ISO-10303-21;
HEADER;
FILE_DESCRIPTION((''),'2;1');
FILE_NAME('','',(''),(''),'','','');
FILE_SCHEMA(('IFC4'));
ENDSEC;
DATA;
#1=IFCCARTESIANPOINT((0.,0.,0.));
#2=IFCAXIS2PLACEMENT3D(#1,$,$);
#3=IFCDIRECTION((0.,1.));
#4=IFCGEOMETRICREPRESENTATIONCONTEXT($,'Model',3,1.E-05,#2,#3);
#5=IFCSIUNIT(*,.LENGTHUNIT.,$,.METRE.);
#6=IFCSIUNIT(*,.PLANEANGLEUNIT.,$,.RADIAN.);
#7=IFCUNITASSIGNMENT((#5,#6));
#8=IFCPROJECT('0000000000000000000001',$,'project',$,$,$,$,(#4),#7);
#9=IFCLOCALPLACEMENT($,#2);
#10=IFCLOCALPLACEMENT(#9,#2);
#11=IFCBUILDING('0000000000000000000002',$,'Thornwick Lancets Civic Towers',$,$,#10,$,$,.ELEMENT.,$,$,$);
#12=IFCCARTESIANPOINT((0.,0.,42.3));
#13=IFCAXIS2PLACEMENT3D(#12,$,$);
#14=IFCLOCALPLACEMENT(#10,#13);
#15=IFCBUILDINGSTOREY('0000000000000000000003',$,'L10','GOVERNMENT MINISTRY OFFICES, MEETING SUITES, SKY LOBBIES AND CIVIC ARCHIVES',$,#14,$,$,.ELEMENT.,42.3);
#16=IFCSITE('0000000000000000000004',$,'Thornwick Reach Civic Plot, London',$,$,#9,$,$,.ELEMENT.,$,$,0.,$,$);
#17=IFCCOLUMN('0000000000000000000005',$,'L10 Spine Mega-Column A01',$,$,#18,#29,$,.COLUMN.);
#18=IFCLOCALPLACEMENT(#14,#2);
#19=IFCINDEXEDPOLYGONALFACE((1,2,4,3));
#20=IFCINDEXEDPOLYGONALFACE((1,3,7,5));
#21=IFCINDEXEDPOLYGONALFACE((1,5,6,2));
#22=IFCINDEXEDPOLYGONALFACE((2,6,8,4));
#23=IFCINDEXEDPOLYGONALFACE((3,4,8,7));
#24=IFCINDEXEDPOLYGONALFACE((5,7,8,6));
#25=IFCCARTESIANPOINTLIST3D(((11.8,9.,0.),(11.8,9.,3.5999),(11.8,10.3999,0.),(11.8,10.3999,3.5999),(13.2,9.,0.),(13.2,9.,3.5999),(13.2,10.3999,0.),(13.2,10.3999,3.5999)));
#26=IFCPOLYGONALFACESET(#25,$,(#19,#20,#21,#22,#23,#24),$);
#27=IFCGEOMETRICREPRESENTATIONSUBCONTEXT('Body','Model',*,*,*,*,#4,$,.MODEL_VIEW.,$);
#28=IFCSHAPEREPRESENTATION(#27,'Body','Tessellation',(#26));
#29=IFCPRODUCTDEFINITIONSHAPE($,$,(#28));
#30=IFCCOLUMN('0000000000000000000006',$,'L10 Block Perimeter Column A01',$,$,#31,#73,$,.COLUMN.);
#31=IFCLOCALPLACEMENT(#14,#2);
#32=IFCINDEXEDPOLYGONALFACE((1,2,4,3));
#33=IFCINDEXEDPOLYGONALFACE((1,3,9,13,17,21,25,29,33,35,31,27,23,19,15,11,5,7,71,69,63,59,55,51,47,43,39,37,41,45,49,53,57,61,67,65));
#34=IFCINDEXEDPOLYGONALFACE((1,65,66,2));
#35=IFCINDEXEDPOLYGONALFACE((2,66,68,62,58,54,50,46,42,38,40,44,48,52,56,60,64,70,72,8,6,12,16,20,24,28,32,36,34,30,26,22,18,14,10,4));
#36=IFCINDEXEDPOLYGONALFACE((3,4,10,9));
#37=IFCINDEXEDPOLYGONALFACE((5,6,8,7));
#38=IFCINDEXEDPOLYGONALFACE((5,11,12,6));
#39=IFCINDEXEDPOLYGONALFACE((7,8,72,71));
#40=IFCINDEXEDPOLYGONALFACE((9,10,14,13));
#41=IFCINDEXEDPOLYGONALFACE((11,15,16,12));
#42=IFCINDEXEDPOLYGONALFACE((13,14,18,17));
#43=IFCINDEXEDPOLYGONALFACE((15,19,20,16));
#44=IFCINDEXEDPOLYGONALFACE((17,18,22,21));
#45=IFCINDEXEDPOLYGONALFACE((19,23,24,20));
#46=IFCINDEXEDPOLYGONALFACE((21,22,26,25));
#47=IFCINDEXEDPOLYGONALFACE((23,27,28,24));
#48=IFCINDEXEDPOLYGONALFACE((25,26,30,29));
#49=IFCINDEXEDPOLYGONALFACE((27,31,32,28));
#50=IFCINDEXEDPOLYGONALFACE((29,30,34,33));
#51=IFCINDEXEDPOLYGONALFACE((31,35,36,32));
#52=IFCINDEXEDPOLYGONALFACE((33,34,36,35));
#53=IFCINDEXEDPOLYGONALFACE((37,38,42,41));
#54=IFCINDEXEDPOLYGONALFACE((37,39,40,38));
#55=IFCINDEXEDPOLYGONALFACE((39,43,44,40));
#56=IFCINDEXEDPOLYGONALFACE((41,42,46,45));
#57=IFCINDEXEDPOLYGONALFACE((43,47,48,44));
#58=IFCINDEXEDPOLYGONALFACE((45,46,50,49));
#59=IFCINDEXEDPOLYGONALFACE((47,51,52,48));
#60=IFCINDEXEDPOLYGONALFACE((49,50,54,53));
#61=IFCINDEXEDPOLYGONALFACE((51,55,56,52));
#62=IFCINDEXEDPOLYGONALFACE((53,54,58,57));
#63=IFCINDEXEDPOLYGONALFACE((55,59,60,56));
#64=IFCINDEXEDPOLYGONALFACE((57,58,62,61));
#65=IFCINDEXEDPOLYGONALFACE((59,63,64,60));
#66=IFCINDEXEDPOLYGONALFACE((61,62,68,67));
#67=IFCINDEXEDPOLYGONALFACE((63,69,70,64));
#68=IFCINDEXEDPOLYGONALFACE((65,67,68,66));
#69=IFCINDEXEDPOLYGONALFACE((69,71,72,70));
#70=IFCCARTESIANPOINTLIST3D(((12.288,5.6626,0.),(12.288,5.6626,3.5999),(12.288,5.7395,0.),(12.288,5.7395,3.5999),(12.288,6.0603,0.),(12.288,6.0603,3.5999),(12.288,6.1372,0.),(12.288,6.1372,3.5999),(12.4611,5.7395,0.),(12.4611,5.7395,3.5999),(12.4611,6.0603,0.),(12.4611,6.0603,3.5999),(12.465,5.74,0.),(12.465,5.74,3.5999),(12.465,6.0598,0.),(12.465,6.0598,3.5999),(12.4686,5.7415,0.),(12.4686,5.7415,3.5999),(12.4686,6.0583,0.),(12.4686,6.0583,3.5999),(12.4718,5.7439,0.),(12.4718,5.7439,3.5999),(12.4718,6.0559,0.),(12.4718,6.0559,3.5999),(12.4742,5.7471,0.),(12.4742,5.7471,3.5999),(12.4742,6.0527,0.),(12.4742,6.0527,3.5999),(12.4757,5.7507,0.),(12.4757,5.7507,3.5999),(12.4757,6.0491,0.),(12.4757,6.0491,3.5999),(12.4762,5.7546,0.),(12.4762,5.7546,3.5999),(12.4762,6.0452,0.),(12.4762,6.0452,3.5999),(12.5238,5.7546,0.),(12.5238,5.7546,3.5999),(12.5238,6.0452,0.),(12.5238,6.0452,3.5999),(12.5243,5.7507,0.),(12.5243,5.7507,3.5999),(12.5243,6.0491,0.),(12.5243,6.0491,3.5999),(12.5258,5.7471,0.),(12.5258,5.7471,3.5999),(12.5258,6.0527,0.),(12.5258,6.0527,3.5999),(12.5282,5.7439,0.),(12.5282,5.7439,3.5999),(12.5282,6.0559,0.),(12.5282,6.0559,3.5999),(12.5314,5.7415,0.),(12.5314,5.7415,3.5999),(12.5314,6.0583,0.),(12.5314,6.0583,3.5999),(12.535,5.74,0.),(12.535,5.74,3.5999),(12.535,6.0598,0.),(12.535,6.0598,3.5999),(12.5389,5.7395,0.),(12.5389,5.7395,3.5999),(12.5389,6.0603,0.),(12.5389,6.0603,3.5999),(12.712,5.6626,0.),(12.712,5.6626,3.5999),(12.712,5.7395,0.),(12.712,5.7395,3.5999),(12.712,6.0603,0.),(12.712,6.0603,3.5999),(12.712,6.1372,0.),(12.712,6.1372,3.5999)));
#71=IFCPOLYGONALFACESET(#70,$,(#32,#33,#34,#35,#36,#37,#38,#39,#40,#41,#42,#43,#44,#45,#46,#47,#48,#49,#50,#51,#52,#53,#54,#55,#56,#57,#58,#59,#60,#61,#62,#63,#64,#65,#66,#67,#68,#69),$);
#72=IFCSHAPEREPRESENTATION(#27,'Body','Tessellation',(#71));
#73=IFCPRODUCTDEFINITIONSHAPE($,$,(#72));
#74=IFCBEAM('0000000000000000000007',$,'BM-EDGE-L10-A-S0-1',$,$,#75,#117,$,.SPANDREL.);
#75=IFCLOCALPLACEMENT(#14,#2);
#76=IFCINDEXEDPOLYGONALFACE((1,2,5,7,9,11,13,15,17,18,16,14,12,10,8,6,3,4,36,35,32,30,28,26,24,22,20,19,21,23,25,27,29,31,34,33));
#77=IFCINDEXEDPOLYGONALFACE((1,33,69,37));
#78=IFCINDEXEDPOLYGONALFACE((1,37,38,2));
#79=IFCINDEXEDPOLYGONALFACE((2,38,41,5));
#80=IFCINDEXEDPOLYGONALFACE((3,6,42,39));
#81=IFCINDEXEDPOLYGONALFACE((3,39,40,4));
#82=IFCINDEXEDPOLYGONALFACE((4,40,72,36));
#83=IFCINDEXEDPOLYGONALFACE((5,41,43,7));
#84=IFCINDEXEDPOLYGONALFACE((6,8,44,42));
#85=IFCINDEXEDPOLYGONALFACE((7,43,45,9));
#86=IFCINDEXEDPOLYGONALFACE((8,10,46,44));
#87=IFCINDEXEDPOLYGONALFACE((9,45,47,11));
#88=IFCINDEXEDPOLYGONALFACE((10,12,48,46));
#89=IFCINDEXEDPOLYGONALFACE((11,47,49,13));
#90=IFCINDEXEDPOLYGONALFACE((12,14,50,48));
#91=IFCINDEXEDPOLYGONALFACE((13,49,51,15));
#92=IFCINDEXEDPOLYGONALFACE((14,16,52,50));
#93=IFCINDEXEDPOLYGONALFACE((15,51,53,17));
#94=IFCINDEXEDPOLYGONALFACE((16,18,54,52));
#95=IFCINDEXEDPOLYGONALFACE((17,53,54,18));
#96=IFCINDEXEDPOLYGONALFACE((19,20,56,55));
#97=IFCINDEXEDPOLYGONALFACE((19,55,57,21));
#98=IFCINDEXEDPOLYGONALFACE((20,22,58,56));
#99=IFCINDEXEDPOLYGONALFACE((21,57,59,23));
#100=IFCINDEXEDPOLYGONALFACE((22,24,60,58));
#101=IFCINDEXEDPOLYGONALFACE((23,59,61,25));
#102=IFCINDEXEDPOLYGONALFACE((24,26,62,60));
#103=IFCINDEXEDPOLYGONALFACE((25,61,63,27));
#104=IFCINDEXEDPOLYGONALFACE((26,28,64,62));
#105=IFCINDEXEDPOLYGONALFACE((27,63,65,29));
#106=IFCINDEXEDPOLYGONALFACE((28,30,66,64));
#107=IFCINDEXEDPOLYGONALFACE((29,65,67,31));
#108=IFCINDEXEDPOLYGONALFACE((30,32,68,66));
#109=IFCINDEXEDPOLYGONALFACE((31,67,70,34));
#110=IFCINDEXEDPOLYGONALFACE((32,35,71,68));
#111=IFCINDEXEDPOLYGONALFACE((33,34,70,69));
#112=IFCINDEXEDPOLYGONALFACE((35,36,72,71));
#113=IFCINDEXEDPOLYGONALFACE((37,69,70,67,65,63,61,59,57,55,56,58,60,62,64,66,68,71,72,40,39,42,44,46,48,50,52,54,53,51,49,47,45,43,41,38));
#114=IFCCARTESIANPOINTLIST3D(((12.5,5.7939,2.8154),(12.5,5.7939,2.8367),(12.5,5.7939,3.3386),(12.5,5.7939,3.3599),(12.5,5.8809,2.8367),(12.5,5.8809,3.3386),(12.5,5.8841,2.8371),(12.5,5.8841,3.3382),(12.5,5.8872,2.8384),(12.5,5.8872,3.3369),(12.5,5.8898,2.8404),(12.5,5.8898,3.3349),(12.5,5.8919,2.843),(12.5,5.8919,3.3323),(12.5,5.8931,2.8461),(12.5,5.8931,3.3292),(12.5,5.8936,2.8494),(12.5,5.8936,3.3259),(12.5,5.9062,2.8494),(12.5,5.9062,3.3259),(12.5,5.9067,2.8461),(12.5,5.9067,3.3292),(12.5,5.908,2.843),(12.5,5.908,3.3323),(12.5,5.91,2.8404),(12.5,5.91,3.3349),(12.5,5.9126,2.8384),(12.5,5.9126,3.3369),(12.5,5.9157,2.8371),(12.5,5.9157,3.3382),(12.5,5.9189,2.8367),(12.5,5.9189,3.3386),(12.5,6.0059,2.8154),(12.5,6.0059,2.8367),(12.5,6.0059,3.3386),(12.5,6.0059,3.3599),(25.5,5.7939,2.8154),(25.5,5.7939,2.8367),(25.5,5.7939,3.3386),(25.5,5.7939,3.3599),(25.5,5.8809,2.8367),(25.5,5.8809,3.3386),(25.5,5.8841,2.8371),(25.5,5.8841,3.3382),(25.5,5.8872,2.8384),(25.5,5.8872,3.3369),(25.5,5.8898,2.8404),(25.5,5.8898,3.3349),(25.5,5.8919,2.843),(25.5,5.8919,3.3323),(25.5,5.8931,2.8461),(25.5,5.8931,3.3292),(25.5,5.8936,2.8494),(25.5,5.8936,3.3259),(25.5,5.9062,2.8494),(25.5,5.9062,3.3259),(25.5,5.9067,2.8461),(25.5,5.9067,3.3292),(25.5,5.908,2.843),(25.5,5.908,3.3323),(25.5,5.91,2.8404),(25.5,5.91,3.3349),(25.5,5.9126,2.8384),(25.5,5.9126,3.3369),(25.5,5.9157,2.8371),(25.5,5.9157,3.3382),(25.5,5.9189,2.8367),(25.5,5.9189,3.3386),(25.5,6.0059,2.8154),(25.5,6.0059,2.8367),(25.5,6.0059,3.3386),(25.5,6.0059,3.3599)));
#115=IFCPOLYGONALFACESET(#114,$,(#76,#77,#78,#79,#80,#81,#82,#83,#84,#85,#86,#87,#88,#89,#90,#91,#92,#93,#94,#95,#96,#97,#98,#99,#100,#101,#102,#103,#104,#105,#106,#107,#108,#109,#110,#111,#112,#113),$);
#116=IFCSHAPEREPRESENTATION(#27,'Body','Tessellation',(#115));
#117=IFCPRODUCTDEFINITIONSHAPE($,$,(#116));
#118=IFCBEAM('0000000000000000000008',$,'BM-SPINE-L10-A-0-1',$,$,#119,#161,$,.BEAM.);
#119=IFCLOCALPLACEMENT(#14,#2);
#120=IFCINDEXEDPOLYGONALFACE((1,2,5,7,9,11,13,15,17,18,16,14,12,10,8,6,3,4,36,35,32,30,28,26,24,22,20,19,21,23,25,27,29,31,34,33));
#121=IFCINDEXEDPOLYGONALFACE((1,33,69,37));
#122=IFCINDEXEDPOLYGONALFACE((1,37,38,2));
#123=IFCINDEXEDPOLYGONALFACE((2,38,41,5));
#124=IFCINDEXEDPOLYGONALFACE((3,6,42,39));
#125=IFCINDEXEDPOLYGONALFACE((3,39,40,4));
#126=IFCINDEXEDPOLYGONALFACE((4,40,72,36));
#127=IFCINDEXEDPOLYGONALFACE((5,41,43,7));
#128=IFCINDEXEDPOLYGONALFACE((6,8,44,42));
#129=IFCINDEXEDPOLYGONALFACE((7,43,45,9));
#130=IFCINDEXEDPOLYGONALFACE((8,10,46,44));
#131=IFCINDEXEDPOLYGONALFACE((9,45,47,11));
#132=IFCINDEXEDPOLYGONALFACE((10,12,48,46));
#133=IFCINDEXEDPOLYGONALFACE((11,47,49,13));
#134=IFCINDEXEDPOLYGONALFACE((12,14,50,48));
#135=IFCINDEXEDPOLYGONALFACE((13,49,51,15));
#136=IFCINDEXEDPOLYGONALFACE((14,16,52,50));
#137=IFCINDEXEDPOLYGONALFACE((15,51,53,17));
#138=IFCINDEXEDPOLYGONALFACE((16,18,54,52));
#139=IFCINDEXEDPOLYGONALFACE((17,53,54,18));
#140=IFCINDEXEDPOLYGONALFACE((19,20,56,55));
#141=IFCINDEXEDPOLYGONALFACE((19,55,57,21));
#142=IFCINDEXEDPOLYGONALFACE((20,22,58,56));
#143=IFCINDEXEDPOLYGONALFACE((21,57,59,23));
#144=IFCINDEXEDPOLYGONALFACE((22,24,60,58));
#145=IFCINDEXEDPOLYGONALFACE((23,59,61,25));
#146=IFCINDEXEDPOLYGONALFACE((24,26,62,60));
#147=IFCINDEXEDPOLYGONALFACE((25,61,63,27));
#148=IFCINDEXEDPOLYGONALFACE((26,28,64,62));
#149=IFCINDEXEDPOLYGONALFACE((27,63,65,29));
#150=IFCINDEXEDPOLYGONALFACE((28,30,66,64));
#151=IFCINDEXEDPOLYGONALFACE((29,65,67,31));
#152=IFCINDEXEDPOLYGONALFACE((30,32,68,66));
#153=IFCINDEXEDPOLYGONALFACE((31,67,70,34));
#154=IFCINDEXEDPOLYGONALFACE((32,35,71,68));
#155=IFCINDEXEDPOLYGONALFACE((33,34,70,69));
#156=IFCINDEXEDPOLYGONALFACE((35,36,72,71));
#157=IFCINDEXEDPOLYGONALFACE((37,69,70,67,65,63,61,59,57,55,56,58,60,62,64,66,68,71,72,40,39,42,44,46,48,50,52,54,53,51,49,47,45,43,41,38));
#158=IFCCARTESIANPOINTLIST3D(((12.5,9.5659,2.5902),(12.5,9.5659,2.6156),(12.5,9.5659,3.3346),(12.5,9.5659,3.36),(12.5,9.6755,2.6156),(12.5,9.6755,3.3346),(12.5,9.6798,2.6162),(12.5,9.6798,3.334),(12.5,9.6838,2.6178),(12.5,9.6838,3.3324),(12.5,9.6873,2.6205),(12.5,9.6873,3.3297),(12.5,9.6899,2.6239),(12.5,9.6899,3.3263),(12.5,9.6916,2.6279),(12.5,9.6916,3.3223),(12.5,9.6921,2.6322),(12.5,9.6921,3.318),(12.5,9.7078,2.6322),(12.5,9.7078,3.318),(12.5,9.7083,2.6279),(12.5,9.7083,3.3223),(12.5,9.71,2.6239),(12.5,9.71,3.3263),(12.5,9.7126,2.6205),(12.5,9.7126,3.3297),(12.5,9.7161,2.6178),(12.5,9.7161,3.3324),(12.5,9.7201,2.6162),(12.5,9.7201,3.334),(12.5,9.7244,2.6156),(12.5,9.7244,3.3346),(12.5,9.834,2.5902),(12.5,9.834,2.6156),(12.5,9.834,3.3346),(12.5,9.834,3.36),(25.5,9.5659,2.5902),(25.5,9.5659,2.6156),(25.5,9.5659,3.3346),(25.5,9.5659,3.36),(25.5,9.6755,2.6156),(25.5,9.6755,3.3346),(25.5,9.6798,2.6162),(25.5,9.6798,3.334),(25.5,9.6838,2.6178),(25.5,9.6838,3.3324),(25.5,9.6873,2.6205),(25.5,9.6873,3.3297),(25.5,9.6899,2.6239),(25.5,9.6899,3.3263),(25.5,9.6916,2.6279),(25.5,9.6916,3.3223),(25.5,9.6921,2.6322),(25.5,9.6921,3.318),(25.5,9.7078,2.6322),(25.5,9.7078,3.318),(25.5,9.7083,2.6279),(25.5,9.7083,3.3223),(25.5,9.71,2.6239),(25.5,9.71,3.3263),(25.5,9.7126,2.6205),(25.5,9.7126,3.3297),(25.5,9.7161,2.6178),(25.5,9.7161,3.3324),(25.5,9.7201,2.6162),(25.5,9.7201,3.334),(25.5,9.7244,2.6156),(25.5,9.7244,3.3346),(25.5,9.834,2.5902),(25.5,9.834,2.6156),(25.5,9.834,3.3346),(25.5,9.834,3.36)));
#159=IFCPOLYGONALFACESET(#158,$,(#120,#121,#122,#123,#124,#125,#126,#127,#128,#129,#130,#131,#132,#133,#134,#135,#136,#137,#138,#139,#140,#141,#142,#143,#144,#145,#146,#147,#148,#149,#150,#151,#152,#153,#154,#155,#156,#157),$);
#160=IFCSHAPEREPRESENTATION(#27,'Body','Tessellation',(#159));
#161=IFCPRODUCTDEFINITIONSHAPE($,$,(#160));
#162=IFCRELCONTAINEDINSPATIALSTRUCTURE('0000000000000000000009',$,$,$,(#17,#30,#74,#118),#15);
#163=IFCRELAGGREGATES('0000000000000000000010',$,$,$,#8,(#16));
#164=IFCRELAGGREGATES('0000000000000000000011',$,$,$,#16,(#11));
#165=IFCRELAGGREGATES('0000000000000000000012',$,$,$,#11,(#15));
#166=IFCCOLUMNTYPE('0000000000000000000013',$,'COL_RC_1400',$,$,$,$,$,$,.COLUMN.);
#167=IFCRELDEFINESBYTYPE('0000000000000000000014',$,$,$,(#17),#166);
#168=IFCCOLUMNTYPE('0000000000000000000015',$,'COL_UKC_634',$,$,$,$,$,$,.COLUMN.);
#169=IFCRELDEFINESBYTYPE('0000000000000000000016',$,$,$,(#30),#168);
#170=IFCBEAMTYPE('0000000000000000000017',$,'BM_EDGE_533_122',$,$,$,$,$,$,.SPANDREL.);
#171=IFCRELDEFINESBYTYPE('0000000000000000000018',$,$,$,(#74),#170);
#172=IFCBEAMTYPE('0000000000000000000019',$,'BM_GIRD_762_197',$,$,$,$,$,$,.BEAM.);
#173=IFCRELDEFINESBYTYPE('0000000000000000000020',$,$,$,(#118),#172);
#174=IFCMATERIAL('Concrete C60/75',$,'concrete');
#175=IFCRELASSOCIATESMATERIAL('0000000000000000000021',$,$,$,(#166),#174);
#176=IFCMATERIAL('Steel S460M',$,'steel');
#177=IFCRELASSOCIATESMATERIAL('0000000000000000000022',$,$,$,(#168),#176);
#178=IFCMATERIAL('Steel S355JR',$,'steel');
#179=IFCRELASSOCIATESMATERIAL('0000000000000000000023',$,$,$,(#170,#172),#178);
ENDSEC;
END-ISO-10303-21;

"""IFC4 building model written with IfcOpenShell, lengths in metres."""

from ifc_helpers import new_model, si_unit, direction, frame, origin, origin_2d, place, context, subcontext, project, spatial, rectangle, i_section, extrude, material, material_profile, profile_set, type_object, element, save


model = new_model("IFC4")

# Units and contexts
model_context = context("Model", 3, precision=1e-05, world=origin(), true_north=direction((0.0, 1.0)))
body_context = subcontext(model_context, "Body", "Model", "MODEL_VIEW")
ifc_project = project(units=[si_unit("LENGTHUNIT", "METRE"), si_unit("PLANEANGLEUNIT", "RADIAN")], contexts=[model_context])

# Site, building, storey
site_placement = place(None, origin())
site = spatial("IfcSite", under=ifc_project, at=site_placement, Name="Thornwick Reach Civic Plot, London", CompositionType="ELEMENT", RefElevation=0.0)
building_placement = place(site_placement, origin())
building = spatial("IfcBuilding", under=site, at=building_placement, Name="Thornwick Lancets Civic Towers", CompositionType="ELEMENT")
storey_placement = place(building_placement, frame((0.0, 0.0, 42.3)))
storey = spatial("IfcBuildingStorey", under=building, at=storey_placement, Name="L10", Description="GOVERNMENT MINISTRY OFFICES, MEETING SUITES, SKY LOBBIES AND CIVIC ARCHIVES", CompositionType="ELEMENT", Elevation=42.3)

# Columns
ifc_material_1 = material(Name="Concrete C60/75", Category="concrete")
ifc_material_profile_1 = material_profile(ifc_material_1, rectangle(XDim=1.3999, YDim=1.3999, at=origin_2d()), Name="RC 1400x1400")
ifc_profile_set_1 = profile_set([ifc_material_profile_1], Name="Concrete C60/75")
column_type_1 = type_object("IfcColumnType", Name="COL_RC_1400", PredefinedType="COLUMN", material=ifc_profile_set_1)
column_1_placement = place(storey_placement, frame((12.5, 9.7, 0.0), z_axis=(0.0, 0.0, 1.0), x_axis=(1.0, 0.0, 0.0)))
element("IfcColumn", 1, at=column_1_placement, inside=storey, type_object=column_type_1, Name="L10 Spine Mega-Column A01", PredefinedType="COLUMN", context=body_context, shape_type="SweptSolid", body=[
    extrude(rectangle(XDim=1.3999, YDim=1.3999, at=origin_2d()), origin(), (0.0, 0.0, 1.0), 3.5999),
])
ifc_material_2 = material(Name="Steel S460M", Category="steel")
ifc_material_profile_2 = material_profile(ifc_material_2, i_section(OverallWidth=0.4241, OverallDepth=0.4746, WebThickness=0.0476, FlangeThickness=0.0769, FilletRadius=0.0151, at=origin_2d()), Name="UKC 356x406x634")
ifc_profile_set_2 = profile_set([ifc_material_profile_2], Name="Steel S460M")
column_type_2 = type_object("IfcColumnType", Name="COL_UKC_634", PredefinedType="COLUMN", material=ifc_profile_set_2)
column_2_placement = place(storey_placement, frame((12.5, 5.8999, 0.0), z_axis=(0.0, 0.0, 1.0), x_axis=(1.0, 0.0, 0.0)))
element("IfcColumn", 2, at=column_2_placement, inside=storey, type_object=column_type_2, Name="L10 Block Perimeter Column A01", PredefinedType="COLUMN", context=body_context, shape_type="SweptSolid", body=[
    extrude(i_section(OverallWidth=0.4241, OverallDepth=0.4746, WebThickness=0.0476, FlangeThickness=0.0769, FilletRadius=0.0151, at=origin_2d()), origin(), (0.0, 0.0, 1.0), 3.5999),
])

# Beams
ifc_material_3 = material(Name="Steel S355JR", Category="steel")
ifc_material_profile_3 = material_profile(ifc_material_3, i_section(OverallWidth=0.2119, OverallDepth=0.5444, WebThickness=0.0127, FlangeThickness=0.0212, FilletRadius=0.0127, at=origin_2d()), Name="UKB 533x210x122")
ifc_profile_set_3 = profile_set([ifc_material_profile_3], Name="Steel S355JR")
beam_type_1 = type_object("IfcBeamType", Name="BM_EDGE_533_122", PredefinedType="SPANDREL", material=ifc_profile_set_3)
beam_1_placement = place(storey_placement, frame((12.5, 5.8999, 3.0876), z_axis=(1.0, 0.0, 0.0), x_axis=(0.0, 1.0, 0.0)))
element("IfcBeam", 3, at=beam_1_placement, inside=storey, type_object=beam_type_1, Name="BM-EDGE-L10-A-S0-1", PredefinedType="SPANDREL", context=body_context, shape_type="SweptSolid", body=[
    extrude(i_section(OverallWidth=0.2119, OverallDepth=0.5444, WebThickness=0.0127, FlangeThickness=0.0212, FilletRadius=0.0127, at=origin_2d()), origin(), (0.0, 0.0, 1.0), 13.0),
])
ifc_material_profile_4 = material_profile(ifc_material_3, i_section(OverallWidth=0.2681, OverallDepth=0.7698, WebThickness=0.0156, FlangeThickness=0.0254, FilletRadius=0.0166, at=origin_2d()), Name="UKB 762x267x197")
ifc_profile_set_4 = profile_set([ifc_material_profile_4], Name="Steel S355JR")
beam_type_2 = type_object("IfcBeamType", Name="BM_GIRD_762_197", PredefinedType="BEAM", material=ifc_profile_set_4)
beam_2_placement = place(storey_placement, frame((12.5, 9.7, 2.9751), z_axis=(1.0, 0.0, 0.0), x_axis=(0.0, 1.0, 0.0)))
element("IfcBeam", 4, at=beam_2_placement, inside=storey, type_object=beam_type_2, Name="BM-SPINE-L10-A-0-1", PredefinedType="BEAM", context=body_context, shape_type="SweptSolid", body=[
    extrude(i_section(OverallWidth=0.2681, OverallDepth=0.7698, WebThickness=0.0156, FlangeThickness=0.0254, FilletRadius=0.0166, at=origin_2d()), origin(), (0.0, 0.0, 1.0), 13.0),
])

save(model, "model.ifc")
